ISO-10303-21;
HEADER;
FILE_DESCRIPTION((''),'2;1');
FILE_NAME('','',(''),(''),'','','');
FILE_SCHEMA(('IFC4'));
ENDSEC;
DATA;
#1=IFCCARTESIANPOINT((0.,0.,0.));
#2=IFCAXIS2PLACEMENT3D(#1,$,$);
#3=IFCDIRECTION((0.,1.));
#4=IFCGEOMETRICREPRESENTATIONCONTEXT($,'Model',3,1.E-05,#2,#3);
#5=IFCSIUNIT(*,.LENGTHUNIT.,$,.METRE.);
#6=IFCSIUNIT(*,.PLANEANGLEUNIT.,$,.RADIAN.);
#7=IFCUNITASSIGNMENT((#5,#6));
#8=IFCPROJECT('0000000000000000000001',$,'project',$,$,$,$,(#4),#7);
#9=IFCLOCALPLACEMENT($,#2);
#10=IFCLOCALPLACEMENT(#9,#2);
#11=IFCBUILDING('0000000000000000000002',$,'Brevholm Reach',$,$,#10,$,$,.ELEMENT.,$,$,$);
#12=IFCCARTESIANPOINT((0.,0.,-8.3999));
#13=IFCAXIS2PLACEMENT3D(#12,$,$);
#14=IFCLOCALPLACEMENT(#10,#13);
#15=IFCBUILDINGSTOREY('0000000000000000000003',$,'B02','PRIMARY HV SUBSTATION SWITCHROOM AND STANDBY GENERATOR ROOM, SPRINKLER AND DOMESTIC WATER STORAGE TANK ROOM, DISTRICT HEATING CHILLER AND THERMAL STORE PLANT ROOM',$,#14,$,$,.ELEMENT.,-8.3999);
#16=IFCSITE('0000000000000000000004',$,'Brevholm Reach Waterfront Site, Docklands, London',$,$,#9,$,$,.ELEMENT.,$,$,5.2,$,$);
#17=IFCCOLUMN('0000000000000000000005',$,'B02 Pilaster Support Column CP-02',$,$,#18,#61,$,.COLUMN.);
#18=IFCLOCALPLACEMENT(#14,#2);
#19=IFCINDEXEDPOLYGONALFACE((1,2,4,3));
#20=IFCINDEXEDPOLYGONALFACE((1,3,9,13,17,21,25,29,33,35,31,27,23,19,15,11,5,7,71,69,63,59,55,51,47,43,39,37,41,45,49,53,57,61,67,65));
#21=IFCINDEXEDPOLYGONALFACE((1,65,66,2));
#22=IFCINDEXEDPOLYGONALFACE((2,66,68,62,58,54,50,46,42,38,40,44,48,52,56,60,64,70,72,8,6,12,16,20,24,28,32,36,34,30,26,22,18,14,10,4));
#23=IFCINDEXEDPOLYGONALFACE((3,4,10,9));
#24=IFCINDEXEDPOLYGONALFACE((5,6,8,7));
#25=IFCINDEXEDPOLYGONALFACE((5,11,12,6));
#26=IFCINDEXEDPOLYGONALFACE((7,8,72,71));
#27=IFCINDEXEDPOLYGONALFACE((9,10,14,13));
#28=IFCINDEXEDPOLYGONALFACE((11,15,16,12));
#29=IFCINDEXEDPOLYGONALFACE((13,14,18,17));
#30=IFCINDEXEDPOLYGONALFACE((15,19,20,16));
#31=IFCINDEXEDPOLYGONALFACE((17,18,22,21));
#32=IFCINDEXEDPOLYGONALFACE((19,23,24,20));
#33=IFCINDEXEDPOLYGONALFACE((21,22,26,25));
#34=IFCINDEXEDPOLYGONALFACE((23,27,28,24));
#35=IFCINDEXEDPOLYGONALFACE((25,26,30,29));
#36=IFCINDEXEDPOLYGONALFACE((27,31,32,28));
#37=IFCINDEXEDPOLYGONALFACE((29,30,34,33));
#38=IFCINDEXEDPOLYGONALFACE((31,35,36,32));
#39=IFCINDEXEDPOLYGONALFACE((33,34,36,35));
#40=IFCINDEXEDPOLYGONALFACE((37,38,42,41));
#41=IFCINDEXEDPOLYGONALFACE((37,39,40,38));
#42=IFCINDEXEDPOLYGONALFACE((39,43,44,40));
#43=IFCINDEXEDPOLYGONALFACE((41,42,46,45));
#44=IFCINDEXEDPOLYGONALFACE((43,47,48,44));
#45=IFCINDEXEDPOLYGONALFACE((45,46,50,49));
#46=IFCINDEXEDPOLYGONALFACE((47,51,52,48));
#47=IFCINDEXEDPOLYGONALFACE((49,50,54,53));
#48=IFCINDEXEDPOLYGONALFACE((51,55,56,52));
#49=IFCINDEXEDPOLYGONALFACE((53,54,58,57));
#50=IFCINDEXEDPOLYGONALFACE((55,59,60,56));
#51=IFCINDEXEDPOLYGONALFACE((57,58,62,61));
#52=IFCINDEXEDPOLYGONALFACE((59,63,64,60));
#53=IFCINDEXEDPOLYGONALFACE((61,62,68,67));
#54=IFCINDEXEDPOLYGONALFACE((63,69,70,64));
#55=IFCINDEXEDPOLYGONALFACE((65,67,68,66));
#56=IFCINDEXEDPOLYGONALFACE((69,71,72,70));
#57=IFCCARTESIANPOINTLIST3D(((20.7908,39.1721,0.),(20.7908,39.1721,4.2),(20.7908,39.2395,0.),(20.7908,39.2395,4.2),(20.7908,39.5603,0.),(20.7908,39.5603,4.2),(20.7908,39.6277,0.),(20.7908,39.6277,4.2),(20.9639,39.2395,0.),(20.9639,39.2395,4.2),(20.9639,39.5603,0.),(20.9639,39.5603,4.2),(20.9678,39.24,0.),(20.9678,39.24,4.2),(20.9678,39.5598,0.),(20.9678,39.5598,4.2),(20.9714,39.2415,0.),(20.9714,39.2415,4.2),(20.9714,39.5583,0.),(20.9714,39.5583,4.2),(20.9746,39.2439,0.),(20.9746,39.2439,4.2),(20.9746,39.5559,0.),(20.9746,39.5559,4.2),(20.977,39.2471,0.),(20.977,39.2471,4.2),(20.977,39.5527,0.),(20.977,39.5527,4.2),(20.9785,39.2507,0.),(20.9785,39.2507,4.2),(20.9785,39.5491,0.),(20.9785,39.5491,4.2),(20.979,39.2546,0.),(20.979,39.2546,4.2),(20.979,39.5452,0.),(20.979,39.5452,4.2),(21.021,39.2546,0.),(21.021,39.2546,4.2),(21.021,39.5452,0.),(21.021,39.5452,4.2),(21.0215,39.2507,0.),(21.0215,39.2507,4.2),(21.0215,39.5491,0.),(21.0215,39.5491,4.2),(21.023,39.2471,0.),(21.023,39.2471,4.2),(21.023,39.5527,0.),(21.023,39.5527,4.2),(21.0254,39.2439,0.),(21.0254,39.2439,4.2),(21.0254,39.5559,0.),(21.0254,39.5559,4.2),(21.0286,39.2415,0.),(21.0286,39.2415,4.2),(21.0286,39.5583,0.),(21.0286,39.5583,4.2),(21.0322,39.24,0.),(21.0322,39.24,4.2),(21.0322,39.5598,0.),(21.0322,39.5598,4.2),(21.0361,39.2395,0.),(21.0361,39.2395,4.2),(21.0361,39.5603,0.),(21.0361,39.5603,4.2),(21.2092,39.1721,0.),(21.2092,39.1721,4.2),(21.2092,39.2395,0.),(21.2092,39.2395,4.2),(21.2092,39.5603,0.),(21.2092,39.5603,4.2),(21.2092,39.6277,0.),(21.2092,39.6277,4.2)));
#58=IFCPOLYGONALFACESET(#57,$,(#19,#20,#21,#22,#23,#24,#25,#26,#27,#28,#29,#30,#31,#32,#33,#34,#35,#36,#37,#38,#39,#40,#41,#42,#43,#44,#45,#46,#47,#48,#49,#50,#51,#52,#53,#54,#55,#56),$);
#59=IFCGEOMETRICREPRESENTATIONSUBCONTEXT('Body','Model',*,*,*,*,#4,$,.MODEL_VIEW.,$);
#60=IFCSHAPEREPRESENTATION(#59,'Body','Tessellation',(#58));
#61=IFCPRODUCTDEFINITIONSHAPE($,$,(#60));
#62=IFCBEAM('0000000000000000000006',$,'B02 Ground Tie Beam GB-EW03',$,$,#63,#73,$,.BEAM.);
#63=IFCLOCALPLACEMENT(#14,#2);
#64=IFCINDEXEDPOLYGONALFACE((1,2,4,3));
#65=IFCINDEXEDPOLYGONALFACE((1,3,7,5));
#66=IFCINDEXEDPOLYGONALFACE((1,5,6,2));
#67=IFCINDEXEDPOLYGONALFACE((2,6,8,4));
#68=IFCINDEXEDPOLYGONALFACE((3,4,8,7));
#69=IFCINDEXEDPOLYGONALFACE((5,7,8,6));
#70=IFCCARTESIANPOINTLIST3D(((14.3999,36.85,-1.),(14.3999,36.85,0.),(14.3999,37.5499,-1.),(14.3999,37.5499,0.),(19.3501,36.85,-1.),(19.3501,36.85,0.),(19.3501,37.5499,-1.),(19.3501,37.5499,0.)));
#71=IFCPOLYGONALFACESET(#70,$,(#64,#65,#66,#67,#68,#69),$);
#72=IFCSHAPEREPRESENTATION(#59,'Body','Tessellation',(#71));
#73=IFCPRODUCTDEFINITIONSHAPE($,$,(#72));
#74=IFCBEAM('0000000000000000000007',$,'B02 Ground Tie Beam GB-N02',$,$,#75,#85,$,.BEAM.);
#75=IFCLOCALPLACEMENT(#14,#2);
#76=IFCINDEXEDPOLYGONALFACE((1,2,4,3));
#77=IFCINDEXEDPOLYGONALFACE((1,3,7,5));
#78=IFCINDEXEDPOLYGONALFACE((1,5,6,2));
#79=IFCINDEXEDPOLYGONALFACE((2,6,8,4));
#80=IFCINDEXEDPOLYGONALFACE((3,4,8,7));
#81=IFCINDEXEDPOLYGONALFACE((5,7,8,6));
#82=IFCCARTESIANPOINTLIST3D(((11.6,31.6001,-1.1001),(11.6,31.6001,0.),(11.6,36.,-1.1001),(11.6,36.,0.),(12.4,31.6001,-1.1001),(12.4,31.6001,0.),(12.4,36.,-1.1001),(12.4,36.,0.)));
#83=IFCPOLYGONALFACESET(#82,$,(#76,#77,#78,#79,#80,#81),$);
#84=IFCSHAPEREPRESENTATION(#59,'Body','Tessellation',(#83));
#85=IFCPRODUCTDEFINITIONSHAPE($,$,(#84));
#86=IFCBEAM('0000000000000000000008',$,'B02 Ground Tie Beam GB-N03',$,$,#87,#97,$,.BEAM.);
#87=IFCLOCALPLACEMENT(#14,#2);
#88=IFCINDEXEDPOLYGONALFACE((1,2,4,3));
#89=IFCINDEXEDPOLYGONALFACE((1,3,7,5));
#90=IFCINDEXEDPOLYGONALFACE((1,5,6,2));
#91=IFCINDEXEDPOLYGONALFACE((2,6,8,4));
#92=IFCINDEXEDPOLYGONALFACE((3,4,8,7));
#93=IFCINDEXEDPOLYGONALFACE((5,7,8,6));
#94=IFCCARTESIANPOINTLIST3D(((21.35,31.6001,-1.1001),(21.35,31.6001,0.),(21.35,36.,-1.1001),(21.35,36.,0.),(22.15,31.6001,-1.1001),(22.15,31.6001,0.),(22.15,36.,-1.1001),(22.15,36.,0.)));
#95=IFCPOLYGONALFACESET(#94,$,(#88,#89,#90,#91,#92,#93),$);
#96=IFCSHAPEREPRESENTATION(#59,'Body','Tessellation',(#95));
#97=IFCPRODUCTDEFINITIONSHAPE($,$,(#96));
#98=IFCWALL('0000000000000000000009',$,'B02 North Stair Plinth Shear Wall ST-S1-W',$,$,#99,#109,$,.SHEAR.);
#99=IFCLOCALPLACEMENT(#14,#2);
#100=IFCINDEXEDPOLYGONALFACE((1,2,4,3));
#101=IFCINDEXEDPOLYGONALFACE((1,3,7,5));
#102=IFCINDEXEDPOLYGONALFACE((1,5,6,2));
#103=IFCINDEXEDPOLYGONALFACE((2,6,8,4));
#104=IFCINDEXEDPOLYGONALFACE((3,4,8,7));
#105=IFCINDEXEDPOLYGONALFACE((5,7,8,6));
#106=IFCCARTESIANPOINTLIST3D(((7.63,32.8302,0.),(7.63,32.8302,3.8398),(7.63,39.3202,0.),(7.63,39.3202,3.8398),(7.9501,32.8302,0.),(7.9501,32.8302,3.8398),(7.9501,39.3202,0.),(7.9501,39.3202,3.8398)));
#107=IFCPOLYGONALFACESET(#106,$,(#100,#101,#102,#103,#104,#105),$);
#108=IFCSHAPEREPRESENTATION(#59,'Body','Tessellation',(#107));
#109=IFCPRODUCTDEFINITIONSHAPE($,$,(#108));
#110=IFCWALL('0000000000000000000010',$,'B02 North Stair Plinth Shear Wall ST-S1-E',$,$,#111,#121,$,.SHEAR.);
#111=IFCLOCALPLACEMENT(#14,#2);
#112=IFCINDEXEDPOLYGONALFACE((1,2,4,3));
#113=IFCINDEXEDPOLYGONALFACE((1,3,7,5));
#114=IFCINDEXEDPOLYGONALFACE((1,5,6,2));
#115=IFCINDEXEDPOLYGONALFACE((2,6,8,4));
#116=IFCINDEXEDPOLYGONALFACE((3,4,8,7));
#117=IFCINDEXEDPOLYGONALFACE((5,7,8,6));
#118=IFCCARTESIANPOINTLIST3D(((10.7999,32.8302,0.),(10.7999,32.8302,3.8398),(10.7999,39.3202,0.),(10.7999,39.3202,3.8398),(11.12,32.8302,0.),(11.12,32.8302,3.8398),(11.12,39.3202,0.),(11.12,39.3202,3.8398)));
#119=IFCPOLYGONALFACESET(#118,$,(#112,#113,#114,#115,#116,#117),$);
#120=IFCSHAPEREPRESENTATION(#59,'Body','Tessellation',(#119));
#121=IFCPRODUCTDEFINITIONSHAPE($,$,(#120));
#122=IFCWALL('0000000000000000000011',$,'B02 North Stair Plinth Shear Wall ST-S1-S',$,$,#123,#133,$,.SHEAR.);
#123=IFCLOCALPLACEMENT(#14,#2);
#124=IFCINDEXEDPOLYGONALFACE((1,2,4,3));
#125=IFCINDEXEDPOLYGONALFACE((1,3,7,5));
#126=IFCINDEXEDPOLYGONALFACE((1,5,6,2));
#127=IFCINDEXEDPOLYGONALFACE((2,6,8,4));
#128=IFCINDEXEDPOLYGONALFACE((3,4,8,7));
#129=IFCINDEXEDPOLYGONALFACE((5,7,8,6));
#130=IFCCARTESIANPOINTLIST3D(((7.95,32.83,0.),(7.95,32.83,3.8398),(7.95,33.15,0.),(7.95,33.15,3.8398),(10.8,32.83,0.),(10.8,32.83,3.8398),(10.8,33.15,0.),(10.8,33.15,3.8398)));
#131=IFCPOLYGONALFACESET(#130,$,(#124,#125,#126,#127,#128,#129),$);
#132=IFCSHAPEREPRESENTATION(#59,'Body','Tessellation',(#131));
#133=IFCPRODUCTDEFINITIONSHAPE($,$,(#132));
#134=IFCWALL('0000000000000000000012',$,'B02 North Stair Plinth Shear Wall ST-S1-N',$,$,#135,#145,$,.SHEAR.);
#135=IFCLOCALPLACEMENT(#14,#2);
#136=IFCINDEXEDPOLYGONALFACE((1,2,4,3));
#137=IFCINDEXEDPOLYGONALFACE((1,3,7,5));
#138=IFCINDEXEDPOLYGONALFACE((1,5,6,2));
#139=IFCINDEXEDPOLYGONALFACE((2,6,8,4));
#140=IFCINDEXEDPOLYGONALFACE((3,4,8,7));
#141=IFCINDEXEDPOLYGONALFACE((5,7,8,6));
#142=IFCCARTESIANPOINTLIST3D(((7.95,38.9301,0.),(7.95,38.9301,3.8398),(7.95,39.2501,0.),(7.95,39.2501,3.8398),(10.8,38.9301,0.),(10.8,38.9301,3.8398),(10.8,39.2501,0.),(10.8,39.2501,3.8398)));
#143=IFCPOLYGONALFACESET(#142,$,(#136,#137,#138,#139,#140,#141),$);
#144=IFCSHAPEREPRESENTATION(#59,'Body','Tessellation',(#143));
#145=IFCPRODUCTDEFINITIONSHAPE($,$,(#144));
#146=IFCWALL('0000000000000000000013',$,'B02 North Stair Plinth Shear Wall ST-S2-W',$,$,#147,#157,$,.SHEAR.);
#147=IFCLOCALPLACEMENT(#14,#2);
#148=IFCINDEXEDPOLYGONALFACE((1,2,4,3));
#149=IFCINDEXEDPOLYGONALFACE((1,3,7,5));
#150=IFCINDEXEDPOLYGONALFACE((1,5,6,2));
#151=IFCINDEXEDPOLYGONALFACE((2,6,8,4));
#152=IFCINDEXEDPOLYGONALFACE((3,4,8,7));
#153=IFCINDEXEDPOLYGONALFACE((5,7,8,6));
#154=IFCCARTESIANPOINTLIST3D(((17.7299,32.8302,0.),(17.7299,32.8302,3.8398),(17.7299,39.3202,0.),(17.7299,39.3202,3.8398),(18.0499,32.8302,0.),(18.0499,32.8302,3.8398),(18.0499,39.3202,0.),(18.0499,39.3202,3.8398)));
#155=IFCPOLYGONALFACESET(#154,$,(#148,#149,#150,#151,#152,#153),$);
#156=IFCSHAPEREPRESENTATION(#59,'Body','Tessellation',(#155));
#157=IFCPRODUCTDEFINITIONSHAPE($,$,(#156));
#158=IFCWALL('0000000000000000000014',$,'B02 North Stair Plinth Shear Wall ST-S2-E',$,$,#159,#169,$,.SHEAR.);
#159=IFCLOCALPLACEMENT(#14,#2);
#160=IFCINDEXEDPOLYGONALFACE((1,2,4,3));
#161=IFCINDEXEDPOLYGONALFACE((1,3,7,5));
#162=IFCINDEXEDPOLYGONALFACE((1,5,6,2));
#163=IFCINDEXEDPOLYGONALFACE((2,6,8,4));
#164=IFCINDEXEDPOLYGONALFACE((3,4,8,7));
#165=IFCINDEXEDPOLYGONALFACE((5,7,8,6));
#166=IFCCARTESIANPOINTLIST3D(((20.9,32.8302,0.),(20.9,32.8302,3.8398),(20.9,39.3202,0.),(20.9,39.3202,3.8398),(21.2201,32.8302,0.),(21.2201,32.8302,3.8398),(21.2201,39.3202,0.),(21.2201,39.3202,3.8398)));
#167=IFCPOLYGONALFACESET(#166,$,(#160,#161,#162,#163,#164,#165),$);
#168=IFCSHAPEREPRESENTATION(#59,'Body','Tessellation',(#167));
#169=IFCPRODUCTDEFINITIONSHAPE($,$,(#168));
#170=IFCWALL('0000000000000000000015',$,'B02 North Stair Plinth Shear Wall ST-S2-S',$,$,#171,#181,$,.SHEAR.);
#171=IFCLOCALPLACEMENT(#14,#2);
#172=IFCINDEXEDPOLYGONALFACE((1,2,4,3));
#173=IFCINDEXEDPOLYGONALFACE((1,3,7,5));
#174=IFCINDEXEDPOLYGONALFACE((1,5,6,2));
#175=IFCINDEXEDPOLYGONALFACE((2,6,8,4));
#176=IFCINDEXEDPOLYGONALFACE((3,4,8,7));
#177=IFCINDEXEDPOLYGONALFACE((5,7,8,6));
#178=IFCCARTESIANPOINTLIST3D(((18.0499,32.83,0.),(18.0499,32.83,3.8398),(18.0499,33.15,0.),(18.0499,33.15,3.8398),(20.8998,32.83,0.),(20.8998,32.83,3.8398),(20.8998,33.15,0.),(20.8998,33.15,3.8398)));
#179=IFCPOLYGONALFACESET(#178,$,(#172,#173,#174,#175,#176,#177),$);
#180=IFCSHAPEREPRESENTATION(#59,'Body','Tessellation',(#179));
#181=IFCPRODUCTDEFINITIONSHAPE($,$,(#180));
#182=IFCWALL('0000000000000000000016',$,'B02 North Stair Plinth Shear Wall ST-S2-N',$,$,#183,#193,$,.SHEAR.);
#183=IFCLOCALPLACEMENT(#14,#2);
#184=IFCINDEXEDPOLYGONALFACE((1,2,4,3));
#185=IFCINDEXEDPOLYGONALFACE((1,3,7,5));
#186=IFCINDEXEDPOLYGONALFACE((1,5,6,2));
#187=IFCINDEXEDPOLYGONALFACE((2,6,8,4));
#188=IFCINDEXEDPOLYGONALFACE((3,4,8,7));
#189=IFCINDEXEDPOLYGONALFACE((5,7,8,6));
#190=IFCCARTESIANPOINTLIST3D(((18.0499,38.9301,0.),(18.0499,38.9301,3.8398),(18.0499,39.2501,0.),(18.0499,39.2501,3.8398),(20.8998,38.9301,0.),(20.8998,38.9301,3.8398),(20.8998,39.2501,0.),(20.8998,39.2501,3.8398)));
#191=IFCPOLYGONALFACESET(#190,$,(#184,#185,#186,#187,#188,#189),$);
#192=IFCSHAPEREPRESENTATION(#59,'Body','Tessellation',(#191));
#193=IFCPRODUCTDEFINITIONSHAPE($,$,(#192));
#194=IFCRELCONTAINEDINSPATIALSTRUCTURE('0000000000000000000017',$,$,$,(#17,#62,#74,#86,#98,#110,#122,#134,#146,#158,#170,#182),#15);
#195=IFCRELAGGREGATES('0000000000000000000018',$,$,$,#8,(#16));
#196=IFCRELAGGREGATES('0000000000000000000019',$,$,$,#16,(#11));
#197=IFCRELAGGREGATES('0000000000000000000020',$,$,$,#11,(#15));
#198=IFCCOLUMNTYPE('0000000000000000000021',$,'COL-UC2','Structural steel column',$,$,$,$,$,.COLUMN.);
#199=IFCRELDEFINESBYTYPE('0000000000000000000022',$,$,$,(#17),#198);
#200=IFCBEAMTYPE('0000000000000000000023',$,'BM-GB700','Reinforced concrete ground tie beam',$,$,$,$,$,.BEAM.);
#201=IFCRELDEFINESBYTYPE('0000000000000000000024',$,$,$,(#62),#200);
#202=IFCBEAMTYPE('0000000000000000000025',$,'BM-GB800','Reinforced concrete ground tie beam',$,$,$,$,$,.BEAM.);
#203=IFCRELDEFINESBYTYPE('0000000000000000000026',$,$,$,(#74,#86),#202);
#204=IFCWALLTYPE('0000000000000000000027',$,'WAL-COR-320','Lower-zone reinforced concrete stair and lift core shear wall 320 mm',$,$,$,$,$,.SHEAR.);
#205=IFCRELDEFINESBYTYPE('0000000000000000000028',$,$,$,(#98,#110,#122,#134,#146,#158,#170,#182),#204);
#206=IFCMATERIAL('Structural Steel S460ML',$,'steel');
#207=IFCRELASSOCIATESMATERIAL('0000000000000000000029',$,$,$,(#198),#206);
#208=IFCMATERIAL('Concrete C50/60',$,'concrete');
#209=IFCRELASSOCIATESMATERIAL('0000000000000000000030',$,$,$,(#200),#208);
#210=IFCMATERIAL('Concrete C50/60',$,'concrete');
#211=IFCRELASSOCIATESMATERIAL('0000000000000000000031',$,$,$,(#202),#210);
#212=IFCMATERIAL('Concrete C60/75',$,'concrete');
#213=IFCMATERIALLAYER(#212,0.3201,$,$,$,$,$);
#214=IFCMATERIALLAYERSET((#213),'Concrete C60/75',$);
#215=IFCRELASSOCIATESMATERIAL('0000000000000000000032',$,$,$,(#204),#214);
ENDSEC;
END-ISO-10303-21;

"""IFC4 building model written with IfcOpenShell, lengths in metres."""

from ifc_helpers import new_model, si_unit, direction, frame, frame_2d, origin, origin_2d, place, context, subcontext, project, spatial, rectangle, i_section, extrude, material, layer, layer_set, material_profile, profile_set, type_object, element, save


model = new_model("IFC4")

# Units and contexts
model_context = context("Model", 3, precision=1e-05, world=origin(), true_north=direction((0.0, 1.0)))
body_context = subcontext(model_context, "Body", "Model", "MODEL_VIEW")
ifc_project = project(units=[si_unit("LENGTHUNIT", "METRE"), si_unit("PLANEANGLEUNIT", "RADIAN")], contexts=[model_context])

# Site, building, storey
site_placement = place(None, origin())
site = spatial("IfcSite", under=ifc_project, at=site_placement, Name="Brevholm Reach Waterfront Site, Docklands, London", CompositionType="ELEMENT", RefElevation=5.2)
building_placement = place(site_placement, origin())
building = spatial("IfcBuilding", under=site, at=building_placement, Name="Brevholm Reach", CompositionType="ELEMENT")
storey_placement = place(building_placement, frame((0.0, 0.0, -8.3999)))
storey = spatial("IfcBuildingStorey", under=building, at=storey_placement, Name="B02", Description="PRIMARY HV SUBSTATION SWITCHROOM AND STANDBY GENERATOR ROOM, SPRINKLER AND DOMESTIC WATER STORAGE TANK ROOM, DISTRICT HEATING CHILLER AND THERMAL STORE PLANT ROOM", CompositionType="ELEMENT", Elevation=-8.3999)

# Column
ifc_material_1 = material(Name="Structural Steel S460ML", Category="steel")
ifc_material_profile_1 = material_profile(ifc_material_1, i_section(OverallWidth=0.4185, OverallDepth=0.4556, WebThickness=0.042, FlangeThickness=0.0674, FilletRadius=0.0151, at=origin_2d()), Name="UKC 356x406x551")
ifc_profile_set_1 = profile_set([ifc_material_profile_1], Name="Structural Steel S460ML")
column_type_1 = type_object("IfcColumnType", Name="COL-UC2", Description="Structural steel column", PredefinedType="COLUMN", material=ifc_profile_set_1)
for number, where, z_axis, x_axis, name in (
    (1, (21.0, 39.3999, 0.0), (0.0, 0.0, 1.0), (1.0, 0.0, 0.0), "B02 Pilaster Support Column CP-02"),
):
    element("IfcColumn", number, at=place(storey_placement, frame(where, z_axis=z_axis, x_axis=x_axis)), inside=storey, type_object=column_type_1, Name=name, PredefinedType="COLUMN", context=body_context, shape_type="SweptSolid", body=[
        extrude(i_section(OverallWidth=0.4185, OverallDepth=0.4556, WebThickness=0.042, FlangeThickness=0.0674, FilletRadius=0.0151, at=origin_2d()), origin(), (0.0, 0.0, 1.0), 4.2),
    ])

# Beams
ifc_material_2 = material(Name="Concrete C50/60", Category="concrete")
ifc_material_profile_2 = material_profile(ifc_material_2, rectangle(XDim=0.7, YDim=1.0, at=origin_2d()), Name="RC 700x1000")
ifc_profile_set_2 = profile_set([ifc_material_profile_2], Name="Concrete C50/60")
beam_type_1 = type_object("IfcBeamType", Name="BM-GB700", Description="Reinforced concrete ground tie beam", PredefinedType="BEAM", material=ifc_profile_set_2)
beam_placement = place(storey_placement, frame((14.3999, 37.2, -0.5), z_axis=(1.0, 0.0, 0.0), x_axis=(0.0, 1.0, 0.0)))
element("IfcBeam", 2, at=beam_placement, inside=storey, type_object=beam_type_1, Name="B02 Ground Tie Beam GB-EW03", PredefinedType="BEAM", context=body_context, shape_type="SweptSolid", body=[
    extrude(rectangle(XDim=0.7, YDim=1.0, at=origin_2d()), origin(), (0.0, 0.0, 1.0), 4.9502),
])
ifc_material_3 = material(Name="Concrete C50/60", Category="concrete")
ifc_material_profile_3 = material_profile(ifc_material_3, rectangle(XDim=0.8, YDim=1.1001, at=origin_2d()), Name="RC 800x1100")
ifc_profile_set_3 = profile_set([ifc_material_profile_3], Name="Concrete C50/60")
beam_type_2 = type_object("IfcBeamType", Name="BM-GB800", Description="Reinforced concrete ground tie beam", PredefinedType="BEAM", material=ifc_profile_set_3)
for number, where, z_axis, x_axis, name in (
    (3, (12.0, 31.6001, -0.55), (0.0, 1.0, 0.0), (-1.0, 0.0, 0.0), "B02 Ground Tie Beam GB-N02"),
    (4, (21.75, 31.6001, -0.55), (0.0, 1.0, 0.0), (-1.0, 0.0, 0.0), "B02 Ground Tie Beam GB-N03"),
):
    element("IfcBeam", number, at=place(storey_placement, frame(where, z_axis=z_axis, x_axis=x_axis)), inside=storey, type_object=beam_type_2, Name=name, PredefinedType="BEAM", context=body_context, shape_type="SweptSolid", body=[
        extrude(rectangle(XDim=0.8, YDim=1.1001, at=origin_2d()), origin(), (0.0, 0.0, 1.0), 4.3999),
    ])

# Walls
ifc_material_4 = material(Name="Concrete C60/75", Category="concrete")
ifc_layer = layer(ifc_material_4, 0.3201)
ifc_layer_set = layer_set([ifc_layer], Name="Concrete C60/75")
wall_type = type_object("IfcWallType", Name="WAL-COR-320", Description="Lower-zone reinforced concrete stair and lift core shear wall 320 mm", PredefinedType="SHEAR", material=ifc_layer_set)
for number, where, z_axis, x_axis, name in (
    (5, (7.79, 32.8301, 0.0), (0.0, 0.0, 1.0), (0.0, 1.0, 0.0), "B02 North Stair Plinth Shear Wall ST-S1-W"),
    (6, (10.96, 32.8301, 0.0), (0.0, 0.0, 1.0), (0.0, 1.0, 0.0), "B02 North Stair Plinth Shear Wall ST-S1-E"),
):
    element("IfcWall", number, at=place(storey_placement, frame(where, z_axis=z_axis, x_axis=x_axis)), inside=storey, type_object=wall_type, Name=name, PredefinedType="SHEAR", context=body_context, shape_type="SweptSolid", body=[
        extrude(rectangle(XDim=6.49, YDim=0.3201, at=frame_2d((3.2451, 0.0))), origin(), (0.0, 0.0, 1.0), 3.8398),
    ])
for number, where, z_axis, x_axis, name in (
    (7, (7.95, 32.99, 0.0), (0.0, 0.0, 1.0), (1.0, 0.0, 0.0), "B02 North Stair Plinth Shear Wall ST-S1-S"),
    (8, (7.95, 39.0901, 0.0), (0.0, 0.0, 1.0), (1.0, 0.0, 0.0), "B02 North Stair Plinth Shear Wall ST-S1-N"),
):
    element("IfcWall", number, at=place(storey_placement, frame(where, z_axis=z_axis, x_axis=x_axis)), inside=storey, type_object=wall_type, Name=name, PredefinedType="SHEAR", context=body_context, shape_type="SweptSolid", body=[
        extrude(rectangle(XDim=2.8501, YDim=0.3201, at=frame_2d((1.425, 0.0))), origin(), (0.0, 0.0, 1.0), 3.8398),
    ])
for number, where, z_axis, x_axis, name in (
    (9, (17.8899, 32.8301, 0.0), (0.0, 0.0, 1.0), (0.0, 1.0, 0.0), "B02 North Stair Plinth Shear Wall ST-S2-W"),
    (10, (21.0601, 32.8301, 0.0), (0.0, 0.0, 1.0), (0.0, 1.0, 0.0), "B02 North Stair Plinth Shear Wall ST-S2-E"),
):
    element("IfcWall", number, at=place(storey_placement, frame(where, z_axis=z_axis, x_axis=x_axis)), inside=storey, type_object=wall_type, Name=name, PredefinedType="SHEAR", context=body_context, shape_type="SweptSolid", body=[
        extrude(rectangle(XDim=6.49, YDim=0.3201, at=frame_2d((3.2451, 0.0))), origin(), (0.0, 0.0, 1.0), 3.8398),
    ])
for number, where, z_axis, x_axis, name in (
    (11, (18.05, 32.99, 0.0), (0.0, 0.0, 1.0), (1.0, 0.0, 0.0), "B02 North Stair Plinth Shear Wall ST-S2-S"),
    (12, (18.05, 39.0901, 0.0), (0.0, 0.0, 1.0), (1.0, 0.0, 0.0), "B02 North Stair Plinth Shear Wall ST-S2-N"),
):
    element("IfcWall", number, at=place(storey_placement, frame(where, z_axis=z_axis, x_axis=x_axis)), inside=storey, type_object=wall_type, Name=name, PredefinedType="SHEAR", context=body_context, shape_type="SweptSolid", body=[
        extrude(rectangle(XDim=2.8499, YDim=0.3201, at=frame_2d((1.4248, 0.0))), origin(), (0.0, 0.0, 1.0), 3.8398),
    ])

save(model, "model.ifc")
